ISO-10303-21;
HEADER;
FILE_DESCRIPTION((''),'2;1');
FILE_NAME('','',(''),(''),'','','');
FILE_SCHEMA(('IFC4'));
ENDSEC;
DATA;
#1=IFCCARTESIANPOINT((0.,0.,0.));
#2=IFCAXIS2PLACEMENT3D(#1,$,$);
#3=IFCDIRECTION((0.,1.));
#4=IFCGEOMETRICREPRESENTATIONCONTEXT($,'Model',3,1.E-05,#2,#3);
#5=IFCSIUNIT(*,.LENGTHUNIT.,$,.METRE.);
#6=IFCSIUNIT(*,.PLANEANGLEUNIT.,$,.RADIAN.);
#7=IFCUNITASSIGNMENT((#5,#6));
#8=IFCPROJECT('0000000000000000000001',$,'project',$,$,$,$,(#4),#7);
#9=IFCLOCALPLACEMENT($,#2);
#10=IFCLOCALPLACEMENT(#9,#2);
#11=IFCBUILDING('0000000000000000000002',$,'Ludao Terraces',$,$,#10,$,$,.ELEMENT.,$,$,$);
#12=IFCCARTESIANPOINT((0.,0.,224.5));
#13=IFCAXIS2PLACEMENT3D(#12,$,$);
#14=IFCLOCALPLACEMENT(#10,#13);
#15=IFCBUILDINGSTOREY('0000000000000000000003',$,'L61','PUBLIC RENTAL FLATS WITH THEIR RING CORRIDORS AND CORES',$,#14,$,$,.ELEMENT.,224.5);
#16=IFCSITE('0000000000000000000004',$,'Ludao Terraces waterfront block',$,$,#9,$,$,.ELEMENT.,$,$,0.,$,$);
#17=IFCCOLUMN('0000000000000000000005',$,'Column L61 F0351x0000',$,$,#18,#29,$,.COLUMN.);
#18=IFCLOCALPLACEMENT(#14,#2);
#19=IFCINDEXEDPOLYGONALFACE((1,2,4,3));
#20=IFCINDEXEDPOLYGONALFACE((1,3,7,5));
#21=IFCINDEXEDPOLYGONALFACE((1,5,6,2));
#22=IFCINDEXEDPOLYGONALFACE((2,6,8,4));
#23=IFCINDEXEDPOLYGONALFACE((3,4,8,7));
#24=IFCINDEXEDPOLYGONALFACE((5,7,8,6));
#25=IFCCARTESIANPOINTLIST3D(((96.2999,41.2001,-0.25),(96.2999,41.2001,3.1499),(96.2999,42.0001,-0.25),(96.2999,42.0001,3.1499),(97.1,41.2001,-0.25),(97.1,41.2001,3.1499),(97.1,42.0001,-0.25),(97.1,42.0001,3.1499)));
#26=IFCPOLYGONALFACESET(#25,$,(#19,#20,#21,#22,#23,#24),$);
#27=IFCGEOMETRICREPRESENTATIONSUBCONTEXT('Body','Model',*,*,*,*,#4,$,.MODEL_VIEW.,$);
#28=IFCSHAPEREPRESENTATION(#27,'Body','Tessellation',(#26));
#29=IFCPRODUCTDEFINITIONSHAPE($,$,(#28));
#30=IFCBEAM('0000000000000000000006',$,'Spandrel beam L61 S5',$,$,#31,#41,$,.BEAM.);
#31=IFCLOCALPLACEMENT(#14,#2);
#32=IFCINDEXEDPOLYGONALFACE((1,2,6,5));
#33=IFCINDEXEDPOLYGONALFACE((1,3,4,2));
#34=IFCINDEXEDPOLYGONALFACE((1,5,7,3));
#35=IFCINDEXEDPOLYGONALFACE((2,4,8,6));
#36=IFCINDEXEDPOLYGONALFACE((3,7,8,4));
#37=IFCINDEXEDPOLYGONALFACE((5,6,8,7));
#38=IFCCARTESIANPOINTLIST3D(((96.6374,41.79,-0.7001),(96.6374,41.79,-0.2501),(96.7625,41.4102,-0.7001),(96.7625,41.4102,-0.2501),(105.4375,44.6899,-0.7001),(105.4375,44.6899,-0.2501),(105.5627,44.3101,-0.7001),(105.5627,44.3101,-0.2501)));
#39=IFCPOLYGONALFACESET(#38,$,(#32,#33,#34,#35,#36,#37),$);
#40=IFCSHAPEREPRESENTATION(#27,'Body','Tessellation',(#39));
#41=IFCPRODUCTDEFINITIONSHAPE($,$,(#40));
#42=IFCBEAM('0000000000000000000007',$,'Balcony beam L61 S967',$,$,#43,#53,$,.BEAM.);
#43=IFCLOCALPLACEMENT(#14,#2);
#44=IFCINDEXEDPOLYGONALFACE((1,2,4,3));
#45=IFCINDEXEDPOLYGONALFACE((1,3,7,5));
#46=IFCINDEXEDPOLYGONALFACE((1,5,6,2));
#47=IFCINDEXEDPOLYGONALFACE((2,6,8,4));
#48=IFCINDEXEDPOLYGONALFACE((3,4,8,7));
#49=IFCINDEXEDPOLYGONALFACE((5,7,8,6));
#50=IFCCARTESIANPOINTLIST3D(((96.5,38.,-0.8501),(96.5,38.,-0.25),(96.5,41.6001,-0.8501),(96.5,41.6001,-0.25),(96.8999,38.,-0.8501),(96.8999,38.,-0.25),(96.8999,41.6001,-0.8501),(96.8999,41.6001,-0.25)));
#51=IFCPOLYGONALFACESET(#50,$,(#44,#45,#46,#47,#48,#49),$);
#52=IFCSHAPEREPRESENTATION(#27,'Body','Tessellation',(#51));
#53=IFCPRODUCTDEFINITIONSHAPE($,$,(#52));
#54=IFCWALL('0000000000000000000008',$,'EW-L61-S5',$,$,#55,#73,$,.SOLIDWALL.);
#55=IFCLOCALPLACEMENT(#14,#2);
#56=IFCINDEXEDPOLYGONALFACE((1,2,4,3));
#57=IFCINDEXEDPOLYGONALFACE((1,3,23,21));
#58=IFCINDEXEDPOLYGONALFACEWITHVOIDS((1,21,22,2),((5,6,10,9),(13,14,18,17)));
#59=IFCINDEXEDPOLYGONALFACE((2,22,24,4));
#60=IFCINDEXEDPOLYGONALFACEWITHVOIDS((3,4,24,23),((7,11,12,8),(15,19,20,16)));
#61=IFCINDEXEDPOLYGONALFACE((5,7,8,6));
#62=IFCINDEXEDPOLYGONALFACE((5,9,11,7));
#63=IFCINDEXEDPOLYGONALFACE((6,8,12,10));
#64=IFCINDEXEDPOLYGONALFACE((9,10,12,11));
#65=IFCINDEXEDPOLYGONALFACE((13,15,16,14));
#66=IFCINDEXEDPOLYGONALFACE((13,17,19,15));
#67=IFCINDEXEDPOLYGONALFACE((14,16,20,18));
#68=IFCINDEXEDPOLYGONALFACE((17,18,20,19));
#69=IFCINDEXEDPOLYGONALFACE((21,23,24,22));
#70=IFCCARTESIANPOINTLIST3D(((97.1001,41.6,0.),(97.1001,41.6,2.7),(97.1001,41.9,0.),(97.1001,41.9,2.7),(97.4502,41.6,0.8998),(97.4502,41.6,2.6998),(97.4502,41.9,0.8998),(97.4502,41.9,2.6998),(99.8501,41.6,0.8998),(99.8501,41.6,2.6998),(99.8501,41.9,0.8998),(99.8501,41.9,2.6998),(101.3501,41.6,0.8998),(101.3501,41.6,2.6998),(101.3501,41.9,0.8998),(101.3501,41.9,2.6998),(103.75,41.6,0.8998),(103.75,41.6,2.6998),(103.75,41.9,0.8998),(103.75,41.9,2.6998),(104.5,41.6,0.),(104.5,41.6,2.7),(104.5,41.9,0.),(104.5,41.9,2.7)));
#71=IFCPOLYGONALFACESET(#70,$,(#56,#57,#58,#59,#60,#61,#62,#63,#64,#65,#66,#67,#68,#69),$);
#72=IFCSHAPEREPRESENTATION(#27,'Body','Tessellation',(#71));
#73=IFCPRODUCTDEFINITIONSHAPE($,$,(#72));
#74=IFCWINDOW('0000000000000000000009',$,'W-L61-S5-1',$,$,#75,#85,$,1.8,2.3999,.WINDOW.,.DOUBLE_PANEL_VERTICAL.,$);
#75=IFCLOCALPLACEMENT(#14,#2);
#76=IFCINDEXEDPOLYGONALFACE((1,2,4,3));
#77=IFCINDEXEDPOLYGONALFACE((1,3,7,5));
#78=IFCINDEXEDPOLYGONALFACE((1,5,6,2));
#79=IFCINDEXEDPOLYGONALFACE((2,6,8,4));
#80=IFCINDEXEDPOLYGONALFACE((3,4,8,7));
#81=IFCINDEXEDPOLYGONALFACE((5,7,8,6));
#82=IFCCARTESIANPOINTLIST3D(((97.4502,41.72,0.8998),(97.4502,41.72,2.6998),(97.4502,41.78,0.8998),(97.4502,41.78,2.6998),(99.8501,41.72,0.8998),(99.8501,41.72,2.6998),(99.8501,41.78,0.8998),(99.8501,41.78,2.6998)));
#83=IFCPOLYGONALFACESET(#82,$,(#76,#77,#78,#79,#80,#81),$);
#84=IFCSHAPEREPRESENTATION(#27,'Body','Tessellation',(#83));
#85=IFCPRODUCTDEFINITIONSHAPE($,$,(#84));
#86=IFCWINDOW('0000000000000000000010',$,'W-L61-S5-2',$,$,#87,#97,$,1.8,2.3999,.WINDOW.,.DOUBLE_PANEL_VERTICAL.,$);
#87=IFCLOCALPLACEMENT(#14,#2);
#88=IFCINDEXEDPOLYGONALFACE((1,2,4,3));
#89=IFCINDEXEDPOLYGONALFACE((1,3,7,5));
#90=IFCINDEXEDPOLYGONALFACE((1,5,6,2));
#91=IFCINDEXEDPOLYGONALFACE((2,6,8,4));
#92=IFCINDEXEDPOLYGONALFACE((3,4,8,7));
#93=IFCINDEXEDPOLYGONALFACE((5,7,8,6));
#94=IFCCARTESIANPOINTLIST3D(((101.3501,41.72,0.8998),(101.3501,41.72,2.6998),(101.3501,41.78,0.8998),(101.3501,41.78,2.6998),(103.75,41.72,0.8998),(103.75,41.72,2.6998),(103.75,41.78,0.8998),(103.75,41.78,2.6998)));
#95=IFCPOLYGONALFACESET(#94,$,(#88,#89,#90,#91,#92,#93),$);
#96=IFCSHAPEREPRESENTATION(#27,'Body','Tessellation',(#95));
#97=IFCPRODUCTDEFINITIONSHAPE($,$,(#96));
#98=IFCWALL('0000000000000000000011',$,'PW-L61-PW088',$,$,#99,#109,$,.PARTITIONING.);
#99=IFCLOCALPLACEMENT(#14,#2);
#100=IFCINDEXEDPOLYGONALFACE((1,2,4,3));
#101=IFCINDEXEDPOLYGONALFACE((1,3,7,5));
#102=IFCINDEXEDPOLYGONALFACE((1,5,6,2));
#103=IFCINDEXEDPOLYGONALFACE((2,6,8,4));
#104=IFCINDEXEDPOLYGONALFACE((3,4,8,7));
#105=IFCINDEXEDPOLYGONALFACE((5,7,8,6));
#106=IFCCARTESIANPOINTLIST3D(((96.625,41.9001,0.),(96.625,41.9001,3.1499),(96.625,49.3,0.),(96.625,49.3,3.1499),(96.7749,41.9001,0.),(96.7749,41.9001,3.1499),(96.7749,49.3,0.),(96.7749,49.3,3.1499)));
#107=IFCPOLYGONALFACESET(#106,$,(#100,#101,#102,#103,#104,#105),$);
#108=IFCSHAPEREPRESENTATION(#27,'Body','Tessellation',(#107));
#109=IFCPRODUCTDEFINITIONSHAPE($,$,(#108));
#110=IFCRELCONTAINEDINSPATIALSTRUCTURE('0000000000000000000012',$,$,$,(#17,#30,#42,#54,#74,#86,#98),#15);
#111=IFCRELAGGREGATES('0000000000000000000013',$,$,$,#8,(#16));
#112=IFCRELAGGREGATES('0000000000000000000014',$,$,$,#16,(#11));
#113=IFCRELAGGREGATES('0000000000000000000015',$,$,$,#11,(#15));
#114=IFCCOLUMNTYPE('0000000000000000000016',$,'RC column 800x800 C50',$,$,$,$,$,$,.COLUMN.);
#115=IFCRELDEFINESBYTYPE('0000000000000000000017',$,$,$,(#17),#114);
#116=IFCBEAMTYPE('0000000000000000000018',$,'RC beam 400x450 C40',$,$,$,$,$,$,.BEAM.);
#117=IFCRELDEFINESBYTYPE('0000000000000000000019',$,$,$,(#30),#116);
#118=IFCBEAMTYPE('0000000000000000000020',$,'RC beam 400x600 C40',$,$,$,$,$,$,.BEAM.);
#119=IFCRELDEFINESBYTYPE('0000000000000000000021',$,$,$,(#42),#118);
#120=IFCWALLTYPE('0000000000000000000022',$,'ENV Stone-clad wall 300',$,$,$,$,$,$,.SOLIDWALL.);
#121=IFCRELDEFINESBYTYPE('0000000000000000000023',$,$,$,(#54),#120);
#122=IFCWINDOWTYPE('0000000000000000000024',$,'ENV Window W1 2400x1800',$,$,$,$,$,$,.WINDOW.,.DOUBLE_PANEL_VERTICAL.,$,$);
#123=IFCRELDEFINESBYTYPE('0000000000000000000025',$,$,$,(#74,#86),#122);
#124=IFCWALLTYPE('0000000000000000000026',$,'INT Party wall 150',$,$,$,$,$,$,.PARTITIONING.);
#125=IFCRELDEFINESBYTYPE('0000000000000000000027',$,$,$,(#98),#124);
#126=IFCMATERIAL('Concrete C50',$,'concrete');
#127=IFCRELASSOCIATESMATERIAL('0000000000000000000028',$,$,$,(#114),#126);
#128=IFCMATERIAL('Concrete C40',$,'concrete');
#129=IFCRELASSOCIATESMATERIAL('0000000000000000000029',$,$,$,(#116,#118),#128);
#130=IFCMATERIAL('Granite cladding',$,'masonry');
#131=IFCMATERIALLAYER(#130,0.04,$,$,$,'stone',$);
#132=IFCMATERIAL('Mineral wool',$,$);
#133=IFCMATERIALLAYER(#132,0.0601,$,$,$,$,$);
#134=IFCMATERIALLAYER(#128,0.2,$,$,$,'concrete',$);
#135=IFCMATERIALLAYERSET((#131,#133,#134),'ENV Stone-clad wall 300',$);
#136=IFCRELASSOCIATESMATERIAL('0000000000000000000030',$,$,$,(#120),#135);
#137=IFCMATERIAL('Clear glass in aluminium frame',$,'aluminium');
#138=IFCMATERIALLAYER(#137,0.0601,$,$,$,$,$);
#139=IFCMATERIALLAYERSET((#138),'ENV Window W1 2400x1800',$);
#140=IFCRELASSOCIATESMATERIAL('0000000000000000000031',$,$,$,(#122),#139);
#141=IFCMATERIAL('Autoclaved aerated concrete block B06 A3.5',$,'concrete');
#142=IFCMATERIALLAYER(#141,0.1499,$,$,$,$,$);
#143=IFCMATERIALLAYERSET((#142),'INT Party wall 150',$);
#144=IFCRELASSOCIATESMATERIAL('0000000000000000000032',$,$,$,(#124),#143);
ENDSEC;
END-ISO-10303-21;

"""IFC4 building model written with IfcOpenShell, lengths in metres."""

from ifc_helpers import new_model, si_unit, direction, frame, frame_2d, origin, origin_2d, place, context, subcontext, project, spatial, rectangle, extrude, material, layer, layer_set, material_profile, profile_set, type_object, element, fill, save


model = new_model("IFC4")

# Units and contexts
model_context = context("Model", 3, precision=1e-05, world=origin(), true_north=direction((0.0, 1.0)))
body_context = subcontext(model_context, "Body", "Model", "MODEL_VIEW")
ifc_project = project(units=[si_unit("LENGTHUNIT", "METRE"), si_unit("PLANEANGLEUNIT", "RADIAN")], contexts=[model_context])

# Site, building, storey
site_placement = place(None, origin())
site = spatial("IfcSite", under=ifc_project, at=site_placement, Name="Ludao Terraces waterfront block", CompositionType="ELEMENT", RefElevation=0.0)
building_placement = place(site_placement, origin())
building = spatial("IfcBuilding", under=site, at=building_placement, Name="Ludao Terraces", CompositionType="ELEMENT")
storey_placement = place(building_placement, frame((0.0, 0.0, 224.5)))
storey = spatial("IfcBuildingStorey", under=building, at=storey_placement, Name="L61", Description="PUBLIC RENTAL FLATS WITH THEIR RING CORRIDORS AND CORES", CompositionType="ELEMENT", Elevation=224.5)

# Column
ifc_material_1 = material(Name="Concrete C50", Category="concrete")
ifc_material_profile_1 = material_profile(ifc_material_1, rectangle(XDim=0.8, YDim=0.8, at=origin_2d()), Name="800 X 800")
ifc_profile_set_1 = profile_set([ifc_material_profile_1], Name="Concrete C50")
column_type = type_object("IfcColumnType", Name="RC column 800x800 C50", PredefinedType="COLUMN", material=ifc_profile_set_1)
column_placement = place(storey_placement, frame((96.7, 41.6001, -0.25), z_axis=(0.0, 0.0, 1.0), x_axis=(1.0, 0.0, 0.0)))
element("IfcColumn", 1, at=column_placement, inside=storey, type_object=column_type, Name="Column L61 F0351x0000", PredefinedType="COLUMN", context=body_context, shape_type="SweptSolid", body=[
    extrude(rectangle(XDim=0.8, YDim=0.8, at=origin_2d()), origin(), (0.0, 0.0, 1.0), 3.3999),
])

# Beams
ifc_material_2 = material(Name="Concrete C40", Category="concrete")
ifc_material_profile_2 = material_profile(ifc_material_2, rectangle(XDim=0.3999, YDim=0.45, at=origin_2d()), Name="400 X 450")
ifc_profile_set_2 = profile_set([ifc_material_profile_2], Name="Concrete C40")
beam_type_1 = type_object("IfcBeamType", Name="RC beam 400x450 C40", PredefinedType="BEAM", material=ifc_profile_set_2)
beam_1_placement = place(storey_placement, frame((96.7, 41.6001, -0.4751), z_axis=(0.949761, 0.312977, 0.0), x_axis=(-0.312977, 0.949761, 0.0)))
element("IfcBeam", 2, at=beam_1_placement, inside=storey, type_object=beam_type_1, Name="Spandrel beam L61 S5", PredefinedType="BEAM", context=body_context, shape_type="SweptSolid", body=[
    extrude(rectangle(XDim=0.3999, YDim=0.45, at=origin_2d()), origin(), (0.0, 0.0, 1.0), 9.2656),
])
ifc_material_profile_3 = material_profile(ifc_material_2, rectangle(XDim=0.3999, YDim=0.6001, at=origin_2d()), Name="400 X 600")
ifc_profile_set_3 = profile_set([ifc_material_profile_3], Name="Concrete C40")
beam_type_2 = type_object("IfcBeamType", Name="RC beam 400x600 C40", PredefinedType="BEAM", material=ifc_profile_set_3)
beam_2_placement = place(storey_placement, frame((96.7, 41.6001, -0.55), z_axis=(0.0, -1.0, 0.0), x_axis=(1.0, 0.0, 0.0)))
element("IfcBeam", 3, at=beam_2_placement, inside=storey, type_object=beam_type_2, Name="Balcony beam L61 S967", PredefinedType="BEAM", context=body_context, shape_type="SweptSolid", body=[
    extrude(rectangle(XDim=0.3999, YDim=0.6001, at=origin_2d()), origin(), (0.0, 0.0, 1.0), 3.6001),
])

# Wall, openings, windows
ifc_material_3 = material(Name="Granite cladding", Category="masonry")
ifc_layer_1 = layer(ifc_material_3, 0.04, Category="stone")
ifc_material_4 = material(Name="Mineral wool")
ifc_layer_2 = layer(ifc_material_4, 0.0601)
ifc_layer_3 = layer(ifc_material_2, 0.2, Category="concrete")
ifc_layer_set_1 = layer_set([ifc_layer_1, ifc_layer_2, ifc_layer_3], Name="ENV Stone-clad wall 300")
wall_type_1 = type_object("IfcWallType", Name="ENV Stone-clad wall 300", PredefinedType="SOLIDWALL", material=ifc_layer_set_1)
wall_1_placement = place(storey_placement, frame((97.1001, 41.75, 0.0), z_axis=(0.0, 0.0, 1.0), x_axis=(1.0, 0.0, 0.0)))
wall_1 = element("IfcWall", 4, at=wall_1_placement, inside=storey, type_object=wall_type_1, Name="EW-L61-S5", PredefinedType="SOLIDWALL", context=body_context, shape_type="SweptSolid", body=[
    extrude(rectangle(XDim=7.3999, YDim=0.3, at=frame_2d((3.7, 0.0))), origin(), (0.0, 0.0, 1.0), 2.7),
])
opening_1_placement = place(wall_1_placement, frame((0.3501, 0.0, 0.8999)))
opening_1 = element("IfcOpeningElement", 5, at=opening_1_placement, cuts=wall_1, PredefinedType="OPENING", context=body_context, shape_type="SweptSolid", body=[
    extrude(rectangle(XDim=2.3999, YDim=1.8, at=frame_2d((1.2, 0.8999))), frame((0.0, 0.1602, 0.0), z_axis=(0.0, -1.0, 0.0), x_axis=(1.0, 0.0, 0.0)), (0.0, 0.0, 1.0), 0.3201),
])
opening_2_placement = place(wall_1_placement, frame((4.25, 0.0, 0.8999)))
opening_2 = element("IfcOpeningElement", 6, at=opening_2_placement, cuts=wall_1, PredefinedType="OPENING", context=body_context, shape_type="SweptSolid", body=[
    extrude(rectangle(XDim=2.3999, YDim=1.8, at=frame_2d((1.2, 0.8999))), frame((0.0, 0.1602, 0.0), z_axis=(0.0, -1.0, 0.0), x_axis=(1.0, 0.0, 0.0)), (0.0, 0.0, 1.0), 0.3201),
])
ifc_material_5 = material(Name="Clear glass in aluminium frame", Category="aluminium")
ifc_layer_4 = layer(ifc_material_5, 0.0601)
ifc_layer_set_2 = layer_set([ifc_layer_4], Name="ENV Window W1 2400x1800")
window_type = type_object("IfcWindowType", Name="ENV Window W1 2400x1800", PartitioningType="DOUBLE_PANEL_VERTICAL", PredefinedType="WINDOW", material=ifc_layer_set_2)
window_1_placement = place(opening_1_placement, origin())
window_1 = element("IfcWindow", 7, at=window_1_placement, inside=storey, type_object=window_type, Name="W-L61-S5-1", OverallHeight=1.8, OverallWidth=2.3999, PartitioningType="DOUBLE_PANEL_VERTICAL", PredefinedType="WINDOW", context=body_context, shape_type="SweptSolid", body=[
    extrude(rectangle(XDim=2.3999, YDim=1.8, at=frame_2d((1.2, 0.8999))), frame((0.0, 0.03, 0.0), z_axis=(0.0, -1.0, 0.0), x_axis=(1.0, 0.0, 0.0)), (0.0, 0.0, 1.0), 0.0601),
])
fill(opening_1, window_1)
window_2_placement = place(opening_2_placement, origin())
window_2 = element("IfcWindow", 8, at=window_2_placement, inside=storey, type_object=window_type, Name="W-L61-S5-2", OverallHeight=1.8, OverallWidth=2.3999, PartitioningType="DOUBLE_PANEL_VERTICAL", PredefinedType="WINDOW", context=body_context, shape_type="SweptSolid", body=[
    extrude(rectangle(XDim=2.3999, YDim=1.8, at=frame_2d((1.2, 0.8999))), frame((0.0, 0.03, 0.0), z_axis=(0.0, -1.0, 0.0), x_axis=(1.0, 0.0, 0.0)), (0.0, 0.0, 1.0), 0.0601),
])
fill(opening_2, window_2)

# Wall
ifc_material_6 = material(Name="Autoclaved aerated concrete block B06 A3.5", Category="concrete")
ifc_layer_5 = layer(ifc_material_6, 0.1499)
ifc_layer_set_3 = layer_set([ifc_layer_5], Name="INT Party wall 150")
wall_type_2 = type_object("IfcWallType", Name="INT Party wall 150", PredefinedType="PARTITIONING", material=ifc_layer_set_3)
wall_2_placement = place(storey_placement, frame((96.7, 41.9001, 0.0), z_axis=(0.0, 0.0, 1.0), x_axis=(0.0, 1.0, 0.0)))
element("IfcWall", 9, at=wall_2_placement, inside=storey, type_object=wall_type_2, Name="PW-L61-PW088", PredefinedType="PARTITIONING", context=body_context, shape_type="SweptSolid", body=[
    extrude(rectangle(XDim=7.3999, YDim=0.1499, at=frame_2d((3.7, 0.0))), origin(), (0.0, 0.0, 1.0), 3.1499),
])

save(model, "model.ifc")
